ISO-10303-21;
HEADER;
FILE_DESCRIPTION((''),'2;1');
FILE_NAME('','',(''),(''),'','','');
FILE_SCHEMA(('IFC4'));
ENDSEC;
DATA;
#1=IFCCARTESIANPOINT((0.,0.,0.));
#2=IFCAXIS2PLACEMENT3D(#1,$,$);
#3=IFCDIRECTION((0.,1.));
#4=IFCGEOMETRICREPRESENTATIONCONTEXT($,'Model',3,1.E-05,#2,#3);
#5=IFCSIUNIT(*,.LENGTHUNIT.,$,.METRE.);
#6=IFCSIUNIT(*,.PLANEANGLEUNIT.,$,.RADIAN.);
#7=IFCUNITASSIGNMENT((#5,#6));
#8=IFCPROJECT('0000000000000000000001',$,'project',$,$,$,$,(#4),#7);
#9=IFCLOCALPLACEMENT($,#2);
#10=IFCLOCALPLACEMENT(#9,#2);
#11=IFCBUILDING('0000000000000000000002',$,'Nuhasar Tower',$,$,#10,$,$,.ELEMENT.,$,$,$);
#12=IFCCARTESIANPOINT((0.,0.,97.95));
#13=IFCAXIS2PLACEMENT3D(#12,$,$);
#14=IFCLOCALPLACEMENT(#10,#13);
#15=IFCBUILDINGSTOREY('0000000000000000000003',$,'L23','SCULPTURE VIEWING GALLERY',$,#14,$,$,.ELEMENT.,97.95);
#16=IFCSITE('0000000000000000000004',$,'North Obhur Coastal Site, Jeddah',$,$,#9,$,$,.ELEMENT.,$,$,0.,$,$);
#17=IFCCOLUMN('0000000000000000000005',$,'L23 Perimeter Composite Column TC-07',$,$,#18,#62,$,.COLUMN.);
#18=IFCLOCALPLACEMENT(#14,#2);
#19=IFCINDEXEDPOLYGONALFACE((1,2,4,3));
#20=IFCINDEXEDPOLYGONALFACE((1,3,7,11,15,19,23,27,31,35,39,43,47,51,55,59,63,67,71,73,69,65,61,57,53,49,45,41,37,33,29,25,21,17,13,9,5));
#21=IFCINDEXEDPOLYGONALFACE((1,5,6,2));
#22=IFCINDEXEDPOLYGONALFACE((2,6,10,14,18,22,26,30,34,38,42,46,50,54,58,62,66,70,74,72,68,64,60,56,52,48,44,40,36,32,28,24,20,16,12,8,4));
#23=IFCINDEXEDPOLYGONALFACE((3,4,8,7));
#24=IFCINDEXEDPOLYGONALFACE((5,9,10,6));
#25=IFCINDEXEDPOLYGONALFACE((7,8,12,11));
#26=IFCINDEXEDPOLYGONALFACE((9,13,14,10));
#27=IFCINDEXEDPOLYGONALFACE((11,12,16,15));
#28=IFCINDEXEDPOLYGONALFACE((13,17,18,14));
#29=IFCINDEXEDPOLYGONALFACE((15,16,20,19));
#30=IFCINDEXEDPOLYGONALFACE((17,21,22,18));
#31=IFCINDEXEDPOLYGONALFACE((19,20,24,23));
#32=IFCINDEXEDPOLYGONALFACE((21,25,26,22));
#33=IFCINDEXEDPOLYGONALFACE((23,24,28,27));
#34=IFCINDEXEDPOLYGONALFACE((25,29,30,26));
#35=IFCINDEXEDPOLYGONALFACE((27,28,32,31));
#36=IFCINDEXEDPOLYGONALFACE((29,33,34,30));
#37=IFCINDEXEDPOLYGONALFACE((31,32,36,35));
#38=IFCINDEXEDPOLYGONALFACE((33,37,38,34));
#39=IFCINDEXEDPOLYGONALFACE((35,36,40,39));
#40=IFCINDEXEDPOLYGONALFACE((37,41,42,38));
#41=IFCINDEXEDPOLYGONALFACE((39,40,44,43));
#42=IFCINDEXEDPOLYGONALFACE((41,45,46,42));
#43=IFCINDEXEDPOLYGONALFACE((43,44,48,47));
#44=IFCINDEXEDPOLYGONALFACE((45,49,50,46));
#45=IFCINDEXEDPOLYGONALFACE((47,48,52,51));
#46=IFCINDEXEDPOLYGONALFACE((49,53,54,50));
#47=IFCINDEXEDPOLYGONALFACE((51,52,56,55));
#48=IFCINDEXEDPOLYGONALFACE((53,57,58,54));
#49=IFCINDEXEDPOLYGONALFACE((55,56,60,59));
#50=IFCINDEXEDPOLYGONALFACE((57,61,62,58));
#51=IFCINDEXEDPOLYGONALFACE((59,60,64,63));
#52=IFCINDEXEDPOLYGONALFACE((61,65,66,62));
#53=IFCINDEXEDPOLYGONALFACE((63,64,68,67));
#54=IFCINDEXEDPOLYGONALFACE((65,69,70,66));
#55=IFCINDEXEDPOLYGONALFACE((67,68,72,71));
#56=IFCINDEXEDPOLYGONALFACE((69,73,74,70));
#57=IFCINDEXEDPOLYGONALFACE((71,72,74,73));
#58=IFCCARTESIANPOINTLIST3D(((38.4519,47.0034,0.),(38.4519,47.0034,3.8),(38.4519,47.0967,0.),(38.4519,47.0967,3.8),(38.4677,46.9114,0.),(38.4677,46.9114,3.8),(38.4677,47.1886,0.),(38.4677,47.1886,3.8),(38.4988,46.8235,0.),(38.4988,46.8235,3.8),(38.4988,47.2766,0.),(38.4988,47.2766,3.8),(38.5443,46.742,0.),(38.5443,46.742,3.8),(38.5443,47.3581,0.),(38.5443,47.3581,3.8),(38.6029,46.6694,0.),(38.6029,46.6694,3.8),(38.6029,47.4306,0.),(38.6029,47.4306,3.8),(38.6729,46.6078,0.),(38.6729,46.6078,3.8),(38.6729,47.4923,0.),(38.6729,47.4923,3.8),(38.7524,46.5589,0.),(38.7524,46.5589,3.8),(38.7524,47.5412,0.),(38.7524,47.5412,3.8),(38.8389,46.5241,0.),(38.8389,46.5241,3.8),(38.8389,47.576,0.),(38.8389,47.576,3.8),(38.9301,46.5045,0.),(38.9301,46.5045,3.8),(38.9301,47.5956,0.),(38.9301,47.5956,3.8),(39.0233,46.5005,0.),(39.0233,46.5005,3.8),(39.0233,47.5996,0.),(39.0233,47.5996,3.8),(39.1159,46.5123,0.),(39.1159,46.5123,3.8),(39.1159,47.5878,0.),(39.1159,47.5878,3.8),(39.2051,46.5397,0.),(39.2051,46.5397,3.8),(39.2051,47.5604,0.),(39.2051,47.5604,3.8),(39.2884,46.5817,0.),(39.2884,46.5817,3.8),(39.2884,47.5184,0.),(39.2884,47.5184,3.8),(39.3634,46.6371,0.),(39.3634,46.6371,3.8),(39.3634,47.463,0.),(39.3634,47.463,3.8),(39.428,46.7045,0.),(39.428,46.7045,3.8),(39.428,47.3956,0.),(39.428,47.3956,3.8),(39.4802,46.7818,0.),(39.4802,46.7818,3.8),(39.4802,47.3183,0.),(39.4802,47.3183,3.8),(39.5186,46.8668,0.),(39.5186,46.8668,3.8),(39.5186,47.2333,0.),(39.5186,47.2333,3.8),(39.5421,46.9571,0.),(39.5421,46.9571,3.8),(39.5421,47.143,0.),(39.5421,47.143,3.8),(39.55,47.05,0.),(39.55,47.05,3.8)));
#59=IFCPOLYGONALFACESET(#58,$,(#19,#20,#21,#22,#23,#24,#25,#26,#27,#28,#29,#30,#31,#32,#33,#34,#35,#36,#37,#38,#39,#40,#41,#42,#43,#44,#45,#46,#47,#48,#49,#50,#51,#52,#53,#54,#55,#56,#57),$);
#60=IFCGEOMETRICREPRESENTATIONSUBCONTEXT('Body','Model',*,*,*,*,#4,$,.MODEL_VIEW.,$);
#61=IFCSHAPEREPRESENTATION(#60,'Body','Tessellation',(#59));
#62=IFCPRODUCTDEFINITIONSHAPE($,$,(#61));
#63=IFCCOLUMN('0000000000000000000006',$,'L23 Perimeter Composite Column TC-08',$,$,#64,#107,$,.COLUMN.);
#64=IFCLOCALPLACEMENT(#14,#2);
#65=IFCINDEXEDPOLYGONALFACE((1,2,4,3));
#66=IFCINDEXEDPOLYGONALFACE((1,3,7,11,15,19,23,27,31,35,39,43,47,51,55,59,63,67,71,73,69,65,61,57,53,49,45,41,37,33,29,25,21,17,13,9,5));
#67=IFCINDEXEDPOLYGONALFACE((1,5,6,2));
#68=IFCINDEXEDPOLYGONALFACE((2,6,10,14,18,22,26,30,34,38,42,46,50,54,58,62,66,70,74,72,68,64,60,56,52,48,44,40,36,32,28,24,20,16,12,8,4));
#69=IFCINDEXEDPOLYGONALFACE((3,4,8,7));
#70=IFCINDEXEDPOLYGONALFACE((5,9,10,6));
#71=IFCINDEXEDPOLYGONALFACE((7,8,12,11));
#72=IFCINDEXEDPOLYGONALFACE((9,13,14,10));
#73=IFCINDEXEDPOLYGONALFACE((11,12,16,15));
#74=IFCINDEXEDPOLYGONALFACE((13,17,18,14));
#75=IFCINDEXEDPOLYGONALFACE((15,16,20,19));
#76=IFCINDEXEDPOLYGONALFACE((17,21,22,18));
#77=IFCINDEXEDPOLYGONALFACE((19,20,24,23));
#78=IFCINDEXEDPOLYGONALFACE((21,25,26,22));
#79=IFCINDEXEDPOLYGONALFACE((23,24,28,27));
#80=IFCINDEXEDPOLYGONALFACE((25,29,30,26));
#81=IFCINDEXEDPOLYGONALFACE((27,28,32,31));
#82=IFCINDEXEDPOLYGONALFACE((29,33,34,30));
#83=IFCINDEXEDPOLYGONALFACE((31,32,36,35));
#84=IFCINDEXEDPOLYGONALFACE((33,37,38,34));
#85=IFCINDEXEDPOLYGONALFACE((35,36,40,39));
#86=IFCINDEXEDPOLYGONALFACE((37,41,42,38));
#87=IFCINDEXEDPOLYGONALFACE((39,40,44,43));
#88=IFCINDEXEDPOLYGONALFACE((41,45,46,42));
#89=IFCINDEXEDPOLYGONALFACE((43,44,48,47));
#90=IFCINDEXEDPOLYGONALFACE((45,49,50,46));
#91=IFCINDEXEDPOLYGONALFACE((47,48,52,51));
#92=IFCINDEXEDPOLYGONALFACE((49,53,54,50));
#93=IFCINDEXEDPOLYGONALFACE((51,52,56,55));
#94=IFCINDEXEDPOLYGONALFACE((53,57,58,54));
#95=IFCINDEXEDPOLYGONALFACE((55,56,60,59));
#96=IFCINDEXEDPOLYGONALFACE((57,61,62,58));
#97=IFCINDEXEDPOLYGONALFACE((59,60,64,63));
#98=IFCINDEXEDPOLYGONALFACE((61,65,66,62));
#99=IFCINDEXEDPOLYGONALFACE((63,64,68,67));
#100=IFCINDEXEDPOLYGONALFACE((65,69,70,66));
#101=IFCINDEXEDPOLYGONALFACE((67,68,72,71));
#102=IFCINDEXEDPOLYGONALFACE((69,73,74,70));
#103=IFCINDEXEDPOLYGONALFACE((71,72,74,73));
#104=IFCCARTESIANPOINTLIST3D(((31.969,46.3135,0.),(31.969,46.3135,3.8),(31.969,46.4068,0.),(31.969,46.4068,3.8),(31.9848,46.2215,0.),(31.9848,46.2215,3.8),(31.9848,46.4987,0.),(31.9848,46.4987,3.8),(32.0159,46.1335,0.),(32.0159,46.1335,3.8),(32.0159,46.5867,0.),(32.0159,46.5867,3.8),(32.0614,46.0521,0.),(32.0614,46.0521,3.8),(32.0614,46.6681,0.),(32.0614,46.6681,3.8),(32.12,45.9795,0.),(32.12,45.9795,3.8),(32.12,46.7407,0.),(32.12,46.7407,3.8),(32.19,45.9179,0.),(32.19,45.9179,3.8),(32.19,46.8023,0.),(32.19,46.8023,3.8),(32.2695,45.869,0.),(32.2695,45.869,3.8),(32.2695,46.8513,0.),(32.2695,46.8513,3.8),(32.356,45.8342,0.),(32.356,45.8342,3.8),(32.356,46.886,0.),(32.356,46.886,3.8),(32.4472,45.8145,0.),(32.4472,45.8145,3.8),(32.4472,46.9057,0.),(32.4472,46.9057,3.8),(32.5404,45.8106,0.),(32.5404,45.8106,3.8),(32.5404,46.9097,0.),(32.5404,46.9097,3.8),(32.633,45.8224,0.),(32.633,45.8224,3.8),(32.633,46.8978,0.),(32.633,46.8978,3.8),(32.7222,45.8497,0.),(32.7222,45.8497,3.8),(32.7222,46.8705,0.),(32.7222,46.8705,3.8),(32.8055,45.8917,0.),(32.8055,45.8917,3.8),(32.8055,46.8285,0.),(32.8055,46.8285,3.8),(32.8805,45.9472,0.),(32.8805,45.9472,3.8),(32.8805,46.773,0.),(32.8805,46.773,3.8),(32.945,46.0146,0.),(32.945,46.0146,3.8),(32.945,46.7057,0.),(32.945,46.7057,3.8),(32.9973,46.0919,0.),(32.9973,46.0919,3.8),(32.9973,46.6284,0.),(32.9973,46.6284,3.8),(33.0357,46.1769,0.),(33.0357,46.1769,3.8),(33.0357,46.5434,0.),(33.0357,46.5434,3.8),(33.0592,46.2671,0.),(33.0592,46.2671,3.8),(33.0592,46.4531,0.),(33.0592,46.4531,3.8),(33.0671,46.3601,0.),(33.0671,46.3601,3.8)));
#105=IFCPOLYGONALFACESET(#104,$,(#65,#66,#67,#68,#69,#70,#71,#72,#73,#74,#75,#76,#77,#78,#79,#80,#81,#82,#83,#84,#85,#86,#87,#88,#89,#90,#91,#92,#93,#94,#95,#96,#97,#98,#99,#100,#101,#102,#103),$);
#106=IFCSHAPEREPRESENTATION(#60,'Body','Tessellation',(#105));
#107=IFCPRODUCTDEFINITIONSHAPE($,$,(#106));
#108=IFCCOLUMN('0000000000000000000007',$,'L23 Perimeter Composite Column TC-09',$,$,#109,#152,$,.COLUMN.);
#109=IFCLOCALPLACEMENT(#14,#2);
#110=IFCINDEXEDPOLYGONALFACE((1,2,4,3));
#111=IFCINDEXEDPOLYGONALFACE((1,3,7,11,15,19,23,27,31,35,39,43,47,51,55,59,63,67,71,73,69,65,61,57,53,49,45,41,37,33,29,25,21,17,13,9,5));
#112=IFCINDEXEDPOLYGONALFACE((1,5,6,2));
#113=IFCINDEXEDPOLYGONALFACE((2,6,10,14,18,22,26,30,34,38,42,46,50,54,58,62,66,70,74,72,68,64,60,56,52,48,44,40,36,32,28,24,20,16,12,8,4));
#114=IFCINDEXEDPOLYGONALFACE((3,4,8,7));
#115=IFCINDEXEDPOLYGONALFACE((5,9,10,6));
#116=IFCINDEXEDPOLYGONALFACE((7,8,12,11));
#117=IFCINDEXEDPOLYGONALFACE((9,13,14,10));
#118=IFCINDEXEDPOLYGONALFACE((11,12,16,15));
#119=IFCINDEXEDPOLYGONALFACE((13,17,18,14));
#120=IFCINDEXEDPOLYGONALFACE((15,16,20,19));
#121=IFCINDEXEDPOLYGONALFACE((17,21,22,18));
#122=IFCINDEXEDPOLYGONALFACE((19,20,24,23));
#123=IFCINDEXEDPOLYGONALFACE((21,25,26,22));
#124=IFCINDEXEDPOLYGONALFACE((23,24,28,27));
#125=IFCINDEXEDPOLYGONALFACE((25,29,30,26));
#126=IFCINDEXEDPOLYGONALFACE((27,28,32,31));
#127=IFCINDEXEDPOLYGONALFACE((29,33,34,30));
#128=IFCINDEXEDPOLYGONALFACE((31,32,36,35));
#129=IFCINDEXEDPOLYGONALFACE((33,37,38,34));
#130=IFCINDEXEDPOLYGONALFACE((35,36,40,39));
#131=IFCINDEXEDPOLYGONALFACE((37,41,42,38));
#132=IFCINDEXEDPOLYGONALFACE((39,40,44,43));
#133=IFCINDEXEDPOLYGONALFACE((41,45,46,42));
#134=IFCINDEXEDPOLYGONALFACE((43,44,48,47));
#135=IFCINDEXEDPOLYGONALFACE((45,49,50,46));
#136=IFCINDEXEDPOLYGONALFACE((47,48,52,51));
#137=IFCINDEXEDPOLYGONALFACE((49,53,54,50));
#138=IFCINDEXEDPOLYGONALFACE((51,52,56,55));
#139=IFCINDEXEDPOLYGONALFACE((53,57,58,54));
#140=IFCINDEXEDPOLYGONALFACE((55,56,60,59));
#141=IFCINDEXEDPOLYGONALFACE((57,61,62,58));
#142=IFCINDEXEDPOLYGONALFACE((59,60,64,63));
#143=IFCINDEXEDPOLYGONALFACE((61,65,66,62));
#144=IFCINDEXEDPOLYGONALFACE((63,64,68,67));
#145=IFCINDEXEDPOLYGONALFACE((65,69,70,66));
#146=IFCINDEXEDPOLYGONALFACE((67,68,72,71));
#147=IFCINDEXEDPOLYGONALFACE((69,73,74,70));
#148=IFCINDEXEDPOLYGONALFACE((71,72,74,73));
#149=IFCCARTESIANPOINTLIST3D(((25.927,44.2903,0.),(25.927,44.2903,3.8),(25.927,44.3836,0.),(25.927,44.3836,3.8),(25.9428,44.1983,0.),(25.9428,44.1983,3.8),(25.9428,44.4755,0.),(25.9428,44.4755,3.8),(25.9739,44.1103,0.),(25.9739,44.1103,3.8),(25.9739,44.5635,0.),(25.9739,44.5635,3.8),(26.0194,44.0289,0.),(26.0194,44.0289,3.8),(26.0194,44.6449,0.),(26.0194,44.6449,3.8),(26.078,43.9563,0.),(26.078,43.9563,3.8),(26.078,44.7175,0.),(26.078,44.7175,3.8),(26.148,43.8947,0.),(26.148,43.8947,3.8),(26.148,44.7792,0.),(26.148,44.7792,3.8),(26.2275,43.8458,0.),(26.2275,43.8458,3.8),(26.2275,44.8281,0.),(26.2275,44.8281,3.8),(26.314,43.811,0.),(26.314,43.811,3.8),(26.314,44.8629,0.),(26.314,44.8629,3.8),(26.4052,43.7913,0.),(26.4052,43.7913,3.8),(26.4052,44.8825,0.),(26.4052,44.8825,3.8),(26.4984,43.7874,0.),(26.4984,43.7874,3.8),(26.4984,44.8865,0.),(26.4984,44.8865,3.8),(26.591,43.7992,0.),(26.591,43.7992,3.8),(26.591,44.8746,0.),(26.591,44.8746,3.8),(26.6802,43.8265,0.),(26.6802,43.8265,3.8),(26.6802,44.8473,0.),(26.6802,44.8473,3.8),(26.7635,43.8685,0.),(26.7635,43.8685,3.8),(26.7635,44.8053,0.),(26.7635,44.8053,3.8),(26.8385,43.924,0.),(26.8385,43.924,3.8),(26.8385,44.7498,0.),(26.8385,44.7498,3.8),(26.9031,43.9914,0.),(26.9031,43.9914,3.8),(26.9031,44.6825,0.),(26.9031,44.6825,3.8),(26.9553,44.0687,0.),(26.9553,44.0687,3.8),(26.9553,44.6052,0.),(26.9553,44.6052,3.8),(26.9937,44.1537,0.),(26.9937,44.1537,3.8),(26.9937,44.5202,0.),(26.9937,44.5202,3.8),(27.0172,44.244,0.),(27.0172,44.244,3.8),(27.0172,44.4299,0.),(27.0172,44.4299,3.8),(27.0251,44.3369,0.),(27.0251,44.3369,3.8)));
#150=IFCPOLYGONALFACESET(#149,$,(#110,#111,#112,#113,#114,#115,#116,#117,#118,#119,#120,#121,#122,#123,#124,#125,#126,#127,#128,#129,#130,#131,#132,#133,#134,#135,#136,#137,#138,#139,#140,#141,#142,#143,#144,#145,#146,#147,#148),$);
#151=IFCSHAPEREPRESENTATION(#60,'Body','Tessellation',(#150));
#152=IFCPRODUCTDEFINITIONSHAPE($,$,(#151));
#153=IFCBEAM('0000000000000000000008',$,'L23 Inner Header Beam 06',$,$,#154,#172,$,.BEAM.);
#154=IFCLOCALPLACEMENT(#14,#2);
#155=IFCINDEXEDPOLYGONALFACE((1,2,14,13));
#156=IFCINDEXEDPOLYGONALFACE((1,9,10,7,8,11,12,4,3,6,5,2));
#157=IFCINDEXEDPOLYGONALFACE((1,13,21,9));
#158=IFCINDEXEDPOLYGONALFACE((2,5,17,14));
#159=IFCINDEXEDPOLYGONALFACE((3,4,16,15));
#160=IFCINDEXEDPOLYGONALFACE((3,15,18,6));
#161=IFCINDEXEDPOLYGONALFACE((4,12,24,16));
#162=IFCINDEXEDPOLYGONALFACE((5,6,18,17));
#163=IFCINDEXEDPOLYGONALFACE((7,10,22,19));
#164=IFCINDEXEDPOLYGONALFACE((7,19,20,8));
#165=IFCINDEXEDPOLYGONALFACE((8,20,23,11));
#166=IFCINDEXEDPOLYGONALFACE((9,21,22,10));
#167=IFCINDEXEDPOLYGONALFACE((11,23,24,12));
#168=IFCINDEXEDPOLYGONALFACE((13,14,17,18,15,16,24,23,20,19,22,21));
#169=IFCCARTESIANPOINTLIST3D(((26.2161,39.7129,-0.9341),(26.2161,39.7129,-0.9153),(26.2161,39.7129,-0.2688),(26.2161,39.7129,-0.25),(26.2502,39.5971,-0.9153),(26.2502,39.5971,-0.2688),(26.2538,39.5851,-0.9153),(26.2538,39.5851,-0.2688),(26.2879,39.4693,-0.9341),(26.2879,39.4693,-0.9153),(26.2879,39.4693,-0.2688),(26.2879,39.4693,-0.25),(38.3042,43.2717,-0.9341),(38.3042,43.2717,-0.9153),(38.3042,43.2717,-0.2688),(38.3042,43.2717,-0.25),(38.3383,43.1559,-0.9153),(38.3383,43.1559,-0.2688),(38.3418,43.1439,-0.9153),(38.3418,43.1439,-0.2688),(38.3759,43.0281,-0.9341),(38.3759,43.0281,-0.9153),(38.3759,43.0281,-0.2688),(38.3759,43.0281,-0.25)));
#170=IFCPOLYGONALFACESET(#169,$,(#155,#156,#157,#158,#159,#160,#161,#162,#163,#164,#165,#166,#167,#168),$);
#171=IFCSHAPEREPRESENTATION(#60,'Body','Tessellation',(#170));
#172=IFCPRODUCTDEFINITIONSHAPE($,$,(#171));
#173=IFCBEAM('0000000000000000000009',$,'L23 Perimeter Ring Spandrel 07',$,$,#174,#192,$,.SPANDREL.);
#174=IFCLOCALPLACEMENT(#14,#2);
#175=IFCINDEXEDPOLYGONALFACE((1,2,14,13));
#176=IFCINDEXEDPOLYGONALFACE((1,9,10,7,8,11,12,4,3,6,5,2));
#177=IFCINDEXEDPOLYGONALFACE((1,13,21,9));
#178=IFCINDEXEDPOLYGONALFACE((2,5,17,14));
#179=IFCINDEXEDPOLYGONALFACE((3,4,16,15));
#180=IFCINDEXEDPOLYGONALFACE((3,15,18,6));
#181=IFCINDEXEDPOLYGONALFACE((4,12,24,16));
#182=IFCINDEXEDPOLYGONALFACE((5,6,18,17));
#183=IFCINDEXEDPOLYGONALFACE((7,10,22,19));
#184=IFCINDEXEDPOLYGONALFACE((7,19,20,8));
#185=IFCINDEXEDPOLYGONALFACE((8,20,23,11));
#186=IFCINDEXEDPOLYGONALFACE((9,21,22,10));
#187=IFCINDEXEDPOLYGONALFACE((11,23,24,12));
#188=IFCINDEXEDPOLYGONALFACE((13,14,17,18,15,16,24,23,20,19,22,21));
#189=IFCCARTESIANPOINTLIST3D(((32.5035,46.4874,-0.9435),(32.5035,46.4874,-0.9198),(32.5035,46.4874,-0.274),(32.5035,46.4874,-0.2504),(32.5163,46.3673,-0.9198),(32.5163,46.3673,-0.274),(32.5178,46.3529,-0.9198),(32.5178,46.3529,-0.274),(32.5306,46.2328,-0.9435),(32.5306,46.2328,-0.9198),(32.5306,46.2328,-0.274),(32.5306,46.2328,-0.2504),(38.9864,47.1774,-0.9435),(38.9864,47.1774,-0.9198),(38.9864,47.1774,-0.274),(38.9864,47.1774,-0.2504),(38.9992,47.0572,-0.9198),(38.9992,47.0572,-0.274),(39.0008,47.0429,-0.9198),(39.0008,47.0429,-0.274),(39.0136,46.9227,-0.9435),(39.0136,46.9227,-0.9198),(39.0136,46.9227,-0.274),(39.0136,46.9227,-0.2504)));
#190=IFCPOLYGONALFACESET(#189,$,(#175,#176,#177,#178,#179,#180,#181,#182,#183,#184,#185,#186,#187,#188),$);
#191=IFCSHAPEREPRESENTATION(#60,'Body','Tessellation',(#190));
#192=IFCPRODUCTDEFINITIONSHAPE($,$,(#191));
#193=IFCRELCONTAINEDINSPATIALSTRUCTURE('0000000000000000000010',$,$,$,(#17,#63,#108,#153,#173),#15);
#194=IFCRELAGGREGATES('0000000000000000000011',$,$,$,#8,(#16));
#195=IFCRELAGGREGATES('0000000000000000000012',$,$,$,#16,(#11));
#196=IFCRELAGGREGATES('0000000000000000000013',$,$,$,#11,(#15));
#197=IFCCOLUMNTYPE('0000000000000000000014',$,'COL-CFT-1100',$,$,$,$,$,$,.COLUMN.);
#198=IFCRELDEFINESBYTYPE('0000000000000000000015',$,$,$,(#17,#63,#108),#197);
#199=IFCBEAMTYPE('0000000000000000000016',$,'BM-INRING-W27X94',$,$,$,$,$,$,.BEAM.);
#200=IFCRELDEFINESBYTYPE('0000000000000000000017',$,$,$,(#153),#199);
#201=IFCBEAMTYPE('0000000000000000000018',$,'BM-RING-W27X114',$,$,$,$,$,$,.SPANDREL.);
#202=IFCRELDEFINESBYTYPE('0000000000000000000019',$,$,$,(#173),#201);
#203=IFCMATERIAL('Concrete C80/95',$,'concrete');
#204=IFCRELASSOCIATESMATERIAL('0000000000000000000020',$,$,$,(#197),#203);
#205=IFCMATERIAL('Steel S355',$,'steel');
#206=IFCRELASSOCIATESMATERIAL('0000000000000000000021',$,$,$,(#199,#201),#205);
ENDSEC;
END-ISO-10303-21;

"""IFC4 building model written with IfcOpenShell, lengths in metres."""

from ifc_helpers import new_model, si_unit, direction, frame, origin, origin_2d, place, context, subcontext, project, spatial, circle, i_section, extrude, material, material_profile, profile_set, type_object, element, save


model = new_model("IFC4")

# Units and contexts
model_context = context("Model", 3, precision=1e-05, world=origin(), true_north=direction((0.0, 1.0)))
body_context = subcontext(model_context, "Body", "Model", "MODEL_VIEW")
ifc_project = project(units=[si_unit("LENGTHUNIT", "METRE"), si_unit("PLANEANGLEUNIT", "RADIAN")], contexts=[model_context])

# Site, building, storey
site_placement = place(None, origin())
site = spatial("IfcSite", under=ifc_project, at=site_placement, Name="North Obhur Coastal Site, Jeddah", CompositionType="ELEMENT", RefElevation=0.0)
building_placement = place(site_placement, origin())
building = spatial("IfcBuilding", under=site, at=building_placement, Name="Nuhasar Tower", CompositionType="ELEMENT")
storey_placement = place(building_placement, frame((0.0, 0.0, 97.95)))
storey = spatial("IfcBuildingStorey", under=building, at=storey_placement, Name="L23", Description="SCULPTURE VIEWING GALLERY", CompositionType="ELEMENT", Elevation=97.95)

# Columns
ifc_material_1 = material(Name="Concrete C80/95", Category="concrete")
ifc_material_profile_1 = material_profile(ifc_material_1, circle(Radius=0.55, at=origin_2d()), Name="CFT1100")
ifc_profile_set_1 = profile_set([ifc_material_profile_1], Name="Concrete C80/95")
column_type = type_object("IfcColumnType", Name="COL-CFT-1100", PredefinedType="COLUMN", material=ifc_profile_set_1)
for number, where, z_axis, x_axis, name in (
    (1, (39.0, 47.05, 0.0), (0.0, 0.0, 1.0), (1.0, 0.0, 0.0), "L23 Perimeter Composite Column TC-07"),
    (2, (32.5171, 46.3601, 0.0), (0.0, 0.0, 1.0), (1.0, 0.0, 0.0), "L23 Perimeter Composite Column TC-08"),
    (3, (26.4751, 44.3369, 0.0), (0.0, 0.0, 1.0), (1.0, 0.0, 0.0), "L23 Perimeter Composite Column TC-09"),
):
    element("IfcColumn", number, at=place(storey_placement, frame(where, z_axis=z_axis, x_axis=x_axis)), inside=storey, type_object=column_type, Name=name, PredefinedType="COLUMN", context=body_context, shape_type="SweptSolid", body=[
        extrude(circle(Radius=0.55, at=origin_2d()), origin(), (0.0, 0.0, 1.0), 3.8),
    ])

# Beams
ifc_material_2 = material(Name="Steel S355", Category="steel")
ifc_material_profile_2 = material_profile(ifc_material_2, i_section(OverallWidth=0.2539, OverallDepth=0.6841, WebThickness=0.0125, FlangeThickness=0.0188, at=origin_2d()), Name="W27X94")
ifc_profile_set_2 = profile_set([ifc_material_profile_2], Name="Steel S355")
beam_type_1 = type_object("IfcBeamType", Name="BM-INRING-W27X94", PredefinedType="BEAM", material=ifc_profile_set_2)
beam_1_placement = place(storey_placement, frame((38.3401, 43.1499, -0.592), z_axis=(-0.95929, -0.282422, 0.0), x_axis=(0.282422, -0.95929, 0.0)))
element("IfcBeam", 4, at=beam_1_placement, inside=storey, type_object=beam_type_1, Name="L23 Inner Header Beam 06", PredefinedType="BEAM", context=body_context, shape_type="SweptSolid", body=[
    extrude(i_section(OverallWidth=0.2539, OverallDepth=0.6841, WebThickness=0.0125, FlangeThickness=0.0188, at=origin_2d()), origin(), (0.0, 0.0, 1.0), 12.6011),
])
ifc_material_profile_3 = material_profile(ifc_material_2, i_section(OverallWidth=0.2561, OverallDepth=0.6931, WebThickness=0.0144, FlangeThickness=0.0237, at=origin_2d()), Name="W27X114")
ifc_profile_set_3 = profile_set([ifc_material_profile_3], Name="Steel S355")
beam_type_2 = type_object("IfcBeamType", Name="BM-RING-W27X114", PredefinedType="SPANDREL", material=ifc_profile_set_3)
beam_2_placement = place(storey_placement, frame((39.0, 47.05, -0.5969), z_axis=(-0.994385, -0.105827, 0.0), x_axis=(0.105827, -0.994385, 0.0)))
element("IfcBeam", 5, at=beam_2_placement, inside=storey, type_object=beam_type_2, Name="L23 Perimeter Ring Spandrel 07", PredefinedType="SPANDREL", context=body_context, shape_type="SweptSolid", body=[
    extrude(i_section(OverallWidth=0.2561, OverallDepth=0.6931, WebThickness=0.0144, FlangeThickness=0.0237, at=origin_2d()), origin(), (0.0, 0.0, 1.0), 6.5195),
])

save(model, "model.ifc")
